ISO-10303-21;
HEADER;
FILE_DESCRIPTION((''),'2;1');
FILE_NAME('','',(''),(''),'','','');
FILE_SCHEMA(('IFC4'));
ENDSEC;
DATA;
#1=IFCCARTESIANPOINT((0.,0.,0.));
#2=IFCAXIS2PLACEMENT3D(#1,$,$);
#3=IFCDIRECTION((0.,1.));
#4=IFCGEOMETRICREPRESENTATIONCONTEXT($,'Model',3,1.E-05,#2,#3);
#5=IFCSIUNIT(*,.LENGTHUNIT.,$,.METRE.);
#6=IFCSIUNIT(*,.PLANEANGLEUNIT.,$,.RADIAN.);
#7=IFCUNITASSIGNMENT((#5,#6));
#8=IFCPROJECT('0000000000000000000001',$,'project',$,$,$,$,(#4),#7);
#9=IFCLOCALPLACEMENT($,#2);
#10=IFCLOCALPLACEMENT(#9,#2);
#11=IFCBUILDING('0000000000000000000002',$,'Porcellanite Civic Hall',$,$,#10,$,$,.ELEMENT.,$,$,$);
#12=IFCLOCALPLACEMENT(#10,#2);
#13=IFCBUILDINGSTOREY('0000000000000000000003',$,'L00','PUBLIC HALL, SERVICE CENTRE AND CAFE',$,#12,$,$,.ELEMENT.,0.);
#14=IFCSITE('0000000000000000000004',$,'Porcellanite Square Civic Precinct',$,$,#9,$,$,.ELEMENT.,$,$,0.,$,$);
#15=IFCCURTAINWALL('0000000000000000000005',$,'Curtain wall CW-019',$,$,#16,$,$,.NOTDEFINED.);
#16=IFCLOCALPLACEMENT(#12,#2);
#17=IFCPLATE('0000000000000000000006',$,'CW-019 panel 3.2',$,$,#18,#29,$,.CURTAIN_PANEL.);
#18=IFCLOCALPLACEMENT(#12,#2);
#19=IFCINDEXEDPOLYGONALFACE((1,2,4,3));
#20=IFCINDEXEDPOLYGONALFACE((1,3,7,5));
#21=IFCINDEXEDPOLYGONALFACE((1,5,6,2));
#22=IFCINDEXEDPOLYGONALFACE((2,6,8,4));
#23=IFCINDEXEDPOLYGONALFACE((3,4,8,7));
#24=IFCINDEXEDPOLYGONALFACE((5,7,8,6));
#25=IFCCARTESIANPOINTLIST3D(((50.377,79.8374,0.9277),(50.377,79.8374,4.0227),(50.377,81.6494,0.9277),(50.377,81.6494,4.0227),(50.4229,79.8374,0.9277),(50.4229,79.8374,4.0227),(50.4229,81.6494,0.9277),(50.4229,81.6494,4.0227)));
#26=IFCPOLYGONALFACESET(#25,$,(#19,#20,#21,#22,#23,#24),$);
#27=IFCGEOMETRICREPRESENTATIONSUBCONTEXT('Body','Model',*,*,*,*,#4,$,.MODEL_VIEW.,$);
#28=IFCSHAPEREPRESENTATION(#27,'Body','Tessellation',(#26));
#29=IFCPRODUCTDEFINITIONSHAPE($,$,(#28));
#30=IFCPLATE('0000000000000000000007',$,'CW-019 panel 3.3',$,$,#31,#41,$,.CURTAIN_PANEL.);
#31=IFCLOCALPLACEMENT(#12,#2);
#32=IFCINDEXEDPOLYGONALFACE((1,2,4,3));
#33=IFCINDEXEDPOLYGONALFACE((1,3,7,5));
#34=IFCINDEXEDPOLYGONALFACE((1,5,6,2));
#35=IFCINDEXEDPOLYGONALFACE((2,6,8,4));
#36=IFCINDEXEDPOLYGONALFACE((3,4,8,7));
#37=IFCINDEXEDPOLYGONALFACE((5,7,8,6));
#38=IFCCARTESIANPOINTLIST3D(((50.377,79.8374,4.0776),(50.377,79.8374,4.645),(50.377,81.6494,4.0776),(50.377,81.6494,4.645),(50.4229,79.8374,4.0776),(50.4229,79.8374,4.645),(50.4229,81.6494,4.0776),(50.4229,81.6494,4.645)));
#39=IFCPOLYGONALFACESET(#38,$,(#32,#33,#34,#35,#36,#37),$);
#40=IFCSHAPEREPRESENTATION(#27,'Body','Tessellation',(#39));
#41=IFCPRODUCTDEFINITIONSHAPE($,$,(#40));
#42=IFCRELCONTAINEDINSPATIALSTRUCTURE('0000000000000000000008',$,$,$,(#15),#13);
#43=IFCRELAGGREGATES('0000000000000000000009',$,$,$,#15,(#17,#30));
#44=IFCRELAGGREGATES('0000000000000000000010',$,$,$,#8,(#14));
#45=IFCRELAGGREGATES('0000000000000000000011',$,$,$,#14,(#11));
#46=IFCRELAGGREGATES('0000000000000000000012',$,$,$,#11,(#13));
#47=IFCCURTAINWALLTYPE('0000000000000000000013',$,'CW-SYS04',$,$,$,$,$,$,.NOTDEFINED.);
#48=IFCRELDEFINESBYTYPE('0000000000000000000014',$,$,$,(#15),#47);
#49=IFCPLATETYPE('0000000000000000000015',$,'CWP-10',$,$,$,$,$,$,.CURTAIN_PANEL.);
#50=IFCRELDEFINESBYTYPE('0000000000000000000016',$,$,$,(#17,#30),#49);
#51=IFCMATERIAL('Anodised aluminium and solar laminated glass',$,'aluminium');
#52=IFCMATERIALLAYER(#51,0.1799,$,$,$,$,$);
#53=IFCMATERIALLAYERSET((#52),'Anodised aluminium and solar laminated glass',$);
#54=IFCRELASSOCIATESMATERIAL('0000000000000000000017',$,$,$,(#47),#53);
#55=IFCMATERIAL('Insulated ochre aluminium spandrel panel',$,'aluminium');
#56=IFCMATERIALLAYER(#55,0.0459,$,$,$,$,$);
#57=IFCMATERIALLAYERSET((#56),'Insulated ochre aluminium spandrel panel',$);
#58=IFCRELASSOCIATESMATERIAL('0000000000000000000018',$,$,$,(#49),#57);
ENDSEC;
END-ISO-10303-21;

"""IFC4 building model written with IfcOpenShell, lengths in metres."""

from ifc_helpers import new_model, si_unit, direction, frame, origin, origin_2d, place, context, subcontext, project, spatial, rectangle, extrude, material, layer, layer_set, type_object, element, aggregate, save


model = new_model("IFC4")

# Units and contexts
model_context = context("Model", 3, precision=1e-05, world=origin(), true_north=direction((0.0, 1.0)))
body_context = subcontext(model_context, "Body", "Model", "MODEL_VIEW")
ifc_project = project(units=[si_unit("LENGTHUNIT", "METRE"), si_unit("PLANEANGLEUNIT", "RADIAN")], contexts=[model_context])

# Site, building, storey
site_placement = place(None, origin())
site = spatial("IfcSite", under=ifc_project, at=site_placement, Name="Porcellanite Square Civic Precinct", CompositionType="ELEMENT", RefElevation=0.0)
building_placement = place(site_placement, origin())
building = spatial("IfcBuilding", under=site, at=building_placement, Name="Porcellanite Civic Hall", CompositionType="ELEMENT")
storey_placement = place(building_placement, origin())
storey = spatial("IfcBuildingStorey", under=building, at=storey_placement, Name="L00", Description="PUBLIC HALL, SERVICE CENTRE AND CAFE", CompositionType="ELEMENT", Elevation=0.0)

# Curtain wall
ifc_material_1 = material(Name="Anodised aluminium and solar laminated glass", Category="aluminium")
ifc_layer_1 = layer(ifc_material_1, 0.1799)
ifc_layer_set_1 = layer_set([ifc_layer_1], Name="Anodised aluminium and solar laminated glass")
curtain_wall_type = type_object("IfcCurtainWallType", Name="CW-SYS04", PredefinedType="NOTDEFINED", material=ifc_layer_set_1)
curtain_wall_placement = place(storey_placement, origin())
curtain_wall = element("IfcCurtainWall", 1, at=curtain_wall_placement, inside=storey, type_object=curtain_wall_type, Name="Curtain wall CW-019", PredefinedType="NOTDEFINED")

# Plates
ifc_material_2 = material(Name="Insulated ochre aluminium spandrel panel", Category="aluminium")
ifc_layer_2 = layer(ifc_material_2, 0.0459)
ifc_layer_set_2 = layer_set([ifc_layer_2], Name="Insulated ochre aluminium spandrel panel")
plate_type = type_object("IfcPlateType", Name="CWP-10", PredefinedType="CURTAIN_PANEL", material=ifc_layer_set_2)
plate_1_placement = place(storey_placement, frame((50.3999, 80.7434, 0.9277), z_axis=(0.0, 0.0, 1.0), x_axis=(0.0, 1.0, 0.0)))
plate_1 = element("IfcPlate", 2, at=plate_1_placement, type_object=plate_type, Name="CW-019 panel 3.2", PredefinedType="CURTAIN_PANEL", context=body_context, shape_type="SweptSolid", body=[
    extrude(rectangle(XDim=1.812, YDim=0.0459, at=origin_2d()), origin(), (0.0, 0.0, 1.0), 3.095),
])
plate_2_placement = place(storey_placement, frame((50.3999, 80.7434, 4.0776), z_axis=(0.0, 0.0, 1.0), x_axis=(0.0, 1.0, 0.0)))
plate_2 = element("IfcPlate", 3, at=plate_2_placement, type_object=plate_type, Name="CW-019 panel 3.3", PredefinedType="CURTAIN_PANEL", context=body_context, shape_type="SweptSolid", body=[
    extrude(rectangle(XDim=1.812, YDim=0.0459, at=origin_2d()), origin(), (0.0, 0.0, 1.0), 0.5674),
])
aggregate(curtain_wall, [plate_1, plate_2])

save(model, "model.ifc")
